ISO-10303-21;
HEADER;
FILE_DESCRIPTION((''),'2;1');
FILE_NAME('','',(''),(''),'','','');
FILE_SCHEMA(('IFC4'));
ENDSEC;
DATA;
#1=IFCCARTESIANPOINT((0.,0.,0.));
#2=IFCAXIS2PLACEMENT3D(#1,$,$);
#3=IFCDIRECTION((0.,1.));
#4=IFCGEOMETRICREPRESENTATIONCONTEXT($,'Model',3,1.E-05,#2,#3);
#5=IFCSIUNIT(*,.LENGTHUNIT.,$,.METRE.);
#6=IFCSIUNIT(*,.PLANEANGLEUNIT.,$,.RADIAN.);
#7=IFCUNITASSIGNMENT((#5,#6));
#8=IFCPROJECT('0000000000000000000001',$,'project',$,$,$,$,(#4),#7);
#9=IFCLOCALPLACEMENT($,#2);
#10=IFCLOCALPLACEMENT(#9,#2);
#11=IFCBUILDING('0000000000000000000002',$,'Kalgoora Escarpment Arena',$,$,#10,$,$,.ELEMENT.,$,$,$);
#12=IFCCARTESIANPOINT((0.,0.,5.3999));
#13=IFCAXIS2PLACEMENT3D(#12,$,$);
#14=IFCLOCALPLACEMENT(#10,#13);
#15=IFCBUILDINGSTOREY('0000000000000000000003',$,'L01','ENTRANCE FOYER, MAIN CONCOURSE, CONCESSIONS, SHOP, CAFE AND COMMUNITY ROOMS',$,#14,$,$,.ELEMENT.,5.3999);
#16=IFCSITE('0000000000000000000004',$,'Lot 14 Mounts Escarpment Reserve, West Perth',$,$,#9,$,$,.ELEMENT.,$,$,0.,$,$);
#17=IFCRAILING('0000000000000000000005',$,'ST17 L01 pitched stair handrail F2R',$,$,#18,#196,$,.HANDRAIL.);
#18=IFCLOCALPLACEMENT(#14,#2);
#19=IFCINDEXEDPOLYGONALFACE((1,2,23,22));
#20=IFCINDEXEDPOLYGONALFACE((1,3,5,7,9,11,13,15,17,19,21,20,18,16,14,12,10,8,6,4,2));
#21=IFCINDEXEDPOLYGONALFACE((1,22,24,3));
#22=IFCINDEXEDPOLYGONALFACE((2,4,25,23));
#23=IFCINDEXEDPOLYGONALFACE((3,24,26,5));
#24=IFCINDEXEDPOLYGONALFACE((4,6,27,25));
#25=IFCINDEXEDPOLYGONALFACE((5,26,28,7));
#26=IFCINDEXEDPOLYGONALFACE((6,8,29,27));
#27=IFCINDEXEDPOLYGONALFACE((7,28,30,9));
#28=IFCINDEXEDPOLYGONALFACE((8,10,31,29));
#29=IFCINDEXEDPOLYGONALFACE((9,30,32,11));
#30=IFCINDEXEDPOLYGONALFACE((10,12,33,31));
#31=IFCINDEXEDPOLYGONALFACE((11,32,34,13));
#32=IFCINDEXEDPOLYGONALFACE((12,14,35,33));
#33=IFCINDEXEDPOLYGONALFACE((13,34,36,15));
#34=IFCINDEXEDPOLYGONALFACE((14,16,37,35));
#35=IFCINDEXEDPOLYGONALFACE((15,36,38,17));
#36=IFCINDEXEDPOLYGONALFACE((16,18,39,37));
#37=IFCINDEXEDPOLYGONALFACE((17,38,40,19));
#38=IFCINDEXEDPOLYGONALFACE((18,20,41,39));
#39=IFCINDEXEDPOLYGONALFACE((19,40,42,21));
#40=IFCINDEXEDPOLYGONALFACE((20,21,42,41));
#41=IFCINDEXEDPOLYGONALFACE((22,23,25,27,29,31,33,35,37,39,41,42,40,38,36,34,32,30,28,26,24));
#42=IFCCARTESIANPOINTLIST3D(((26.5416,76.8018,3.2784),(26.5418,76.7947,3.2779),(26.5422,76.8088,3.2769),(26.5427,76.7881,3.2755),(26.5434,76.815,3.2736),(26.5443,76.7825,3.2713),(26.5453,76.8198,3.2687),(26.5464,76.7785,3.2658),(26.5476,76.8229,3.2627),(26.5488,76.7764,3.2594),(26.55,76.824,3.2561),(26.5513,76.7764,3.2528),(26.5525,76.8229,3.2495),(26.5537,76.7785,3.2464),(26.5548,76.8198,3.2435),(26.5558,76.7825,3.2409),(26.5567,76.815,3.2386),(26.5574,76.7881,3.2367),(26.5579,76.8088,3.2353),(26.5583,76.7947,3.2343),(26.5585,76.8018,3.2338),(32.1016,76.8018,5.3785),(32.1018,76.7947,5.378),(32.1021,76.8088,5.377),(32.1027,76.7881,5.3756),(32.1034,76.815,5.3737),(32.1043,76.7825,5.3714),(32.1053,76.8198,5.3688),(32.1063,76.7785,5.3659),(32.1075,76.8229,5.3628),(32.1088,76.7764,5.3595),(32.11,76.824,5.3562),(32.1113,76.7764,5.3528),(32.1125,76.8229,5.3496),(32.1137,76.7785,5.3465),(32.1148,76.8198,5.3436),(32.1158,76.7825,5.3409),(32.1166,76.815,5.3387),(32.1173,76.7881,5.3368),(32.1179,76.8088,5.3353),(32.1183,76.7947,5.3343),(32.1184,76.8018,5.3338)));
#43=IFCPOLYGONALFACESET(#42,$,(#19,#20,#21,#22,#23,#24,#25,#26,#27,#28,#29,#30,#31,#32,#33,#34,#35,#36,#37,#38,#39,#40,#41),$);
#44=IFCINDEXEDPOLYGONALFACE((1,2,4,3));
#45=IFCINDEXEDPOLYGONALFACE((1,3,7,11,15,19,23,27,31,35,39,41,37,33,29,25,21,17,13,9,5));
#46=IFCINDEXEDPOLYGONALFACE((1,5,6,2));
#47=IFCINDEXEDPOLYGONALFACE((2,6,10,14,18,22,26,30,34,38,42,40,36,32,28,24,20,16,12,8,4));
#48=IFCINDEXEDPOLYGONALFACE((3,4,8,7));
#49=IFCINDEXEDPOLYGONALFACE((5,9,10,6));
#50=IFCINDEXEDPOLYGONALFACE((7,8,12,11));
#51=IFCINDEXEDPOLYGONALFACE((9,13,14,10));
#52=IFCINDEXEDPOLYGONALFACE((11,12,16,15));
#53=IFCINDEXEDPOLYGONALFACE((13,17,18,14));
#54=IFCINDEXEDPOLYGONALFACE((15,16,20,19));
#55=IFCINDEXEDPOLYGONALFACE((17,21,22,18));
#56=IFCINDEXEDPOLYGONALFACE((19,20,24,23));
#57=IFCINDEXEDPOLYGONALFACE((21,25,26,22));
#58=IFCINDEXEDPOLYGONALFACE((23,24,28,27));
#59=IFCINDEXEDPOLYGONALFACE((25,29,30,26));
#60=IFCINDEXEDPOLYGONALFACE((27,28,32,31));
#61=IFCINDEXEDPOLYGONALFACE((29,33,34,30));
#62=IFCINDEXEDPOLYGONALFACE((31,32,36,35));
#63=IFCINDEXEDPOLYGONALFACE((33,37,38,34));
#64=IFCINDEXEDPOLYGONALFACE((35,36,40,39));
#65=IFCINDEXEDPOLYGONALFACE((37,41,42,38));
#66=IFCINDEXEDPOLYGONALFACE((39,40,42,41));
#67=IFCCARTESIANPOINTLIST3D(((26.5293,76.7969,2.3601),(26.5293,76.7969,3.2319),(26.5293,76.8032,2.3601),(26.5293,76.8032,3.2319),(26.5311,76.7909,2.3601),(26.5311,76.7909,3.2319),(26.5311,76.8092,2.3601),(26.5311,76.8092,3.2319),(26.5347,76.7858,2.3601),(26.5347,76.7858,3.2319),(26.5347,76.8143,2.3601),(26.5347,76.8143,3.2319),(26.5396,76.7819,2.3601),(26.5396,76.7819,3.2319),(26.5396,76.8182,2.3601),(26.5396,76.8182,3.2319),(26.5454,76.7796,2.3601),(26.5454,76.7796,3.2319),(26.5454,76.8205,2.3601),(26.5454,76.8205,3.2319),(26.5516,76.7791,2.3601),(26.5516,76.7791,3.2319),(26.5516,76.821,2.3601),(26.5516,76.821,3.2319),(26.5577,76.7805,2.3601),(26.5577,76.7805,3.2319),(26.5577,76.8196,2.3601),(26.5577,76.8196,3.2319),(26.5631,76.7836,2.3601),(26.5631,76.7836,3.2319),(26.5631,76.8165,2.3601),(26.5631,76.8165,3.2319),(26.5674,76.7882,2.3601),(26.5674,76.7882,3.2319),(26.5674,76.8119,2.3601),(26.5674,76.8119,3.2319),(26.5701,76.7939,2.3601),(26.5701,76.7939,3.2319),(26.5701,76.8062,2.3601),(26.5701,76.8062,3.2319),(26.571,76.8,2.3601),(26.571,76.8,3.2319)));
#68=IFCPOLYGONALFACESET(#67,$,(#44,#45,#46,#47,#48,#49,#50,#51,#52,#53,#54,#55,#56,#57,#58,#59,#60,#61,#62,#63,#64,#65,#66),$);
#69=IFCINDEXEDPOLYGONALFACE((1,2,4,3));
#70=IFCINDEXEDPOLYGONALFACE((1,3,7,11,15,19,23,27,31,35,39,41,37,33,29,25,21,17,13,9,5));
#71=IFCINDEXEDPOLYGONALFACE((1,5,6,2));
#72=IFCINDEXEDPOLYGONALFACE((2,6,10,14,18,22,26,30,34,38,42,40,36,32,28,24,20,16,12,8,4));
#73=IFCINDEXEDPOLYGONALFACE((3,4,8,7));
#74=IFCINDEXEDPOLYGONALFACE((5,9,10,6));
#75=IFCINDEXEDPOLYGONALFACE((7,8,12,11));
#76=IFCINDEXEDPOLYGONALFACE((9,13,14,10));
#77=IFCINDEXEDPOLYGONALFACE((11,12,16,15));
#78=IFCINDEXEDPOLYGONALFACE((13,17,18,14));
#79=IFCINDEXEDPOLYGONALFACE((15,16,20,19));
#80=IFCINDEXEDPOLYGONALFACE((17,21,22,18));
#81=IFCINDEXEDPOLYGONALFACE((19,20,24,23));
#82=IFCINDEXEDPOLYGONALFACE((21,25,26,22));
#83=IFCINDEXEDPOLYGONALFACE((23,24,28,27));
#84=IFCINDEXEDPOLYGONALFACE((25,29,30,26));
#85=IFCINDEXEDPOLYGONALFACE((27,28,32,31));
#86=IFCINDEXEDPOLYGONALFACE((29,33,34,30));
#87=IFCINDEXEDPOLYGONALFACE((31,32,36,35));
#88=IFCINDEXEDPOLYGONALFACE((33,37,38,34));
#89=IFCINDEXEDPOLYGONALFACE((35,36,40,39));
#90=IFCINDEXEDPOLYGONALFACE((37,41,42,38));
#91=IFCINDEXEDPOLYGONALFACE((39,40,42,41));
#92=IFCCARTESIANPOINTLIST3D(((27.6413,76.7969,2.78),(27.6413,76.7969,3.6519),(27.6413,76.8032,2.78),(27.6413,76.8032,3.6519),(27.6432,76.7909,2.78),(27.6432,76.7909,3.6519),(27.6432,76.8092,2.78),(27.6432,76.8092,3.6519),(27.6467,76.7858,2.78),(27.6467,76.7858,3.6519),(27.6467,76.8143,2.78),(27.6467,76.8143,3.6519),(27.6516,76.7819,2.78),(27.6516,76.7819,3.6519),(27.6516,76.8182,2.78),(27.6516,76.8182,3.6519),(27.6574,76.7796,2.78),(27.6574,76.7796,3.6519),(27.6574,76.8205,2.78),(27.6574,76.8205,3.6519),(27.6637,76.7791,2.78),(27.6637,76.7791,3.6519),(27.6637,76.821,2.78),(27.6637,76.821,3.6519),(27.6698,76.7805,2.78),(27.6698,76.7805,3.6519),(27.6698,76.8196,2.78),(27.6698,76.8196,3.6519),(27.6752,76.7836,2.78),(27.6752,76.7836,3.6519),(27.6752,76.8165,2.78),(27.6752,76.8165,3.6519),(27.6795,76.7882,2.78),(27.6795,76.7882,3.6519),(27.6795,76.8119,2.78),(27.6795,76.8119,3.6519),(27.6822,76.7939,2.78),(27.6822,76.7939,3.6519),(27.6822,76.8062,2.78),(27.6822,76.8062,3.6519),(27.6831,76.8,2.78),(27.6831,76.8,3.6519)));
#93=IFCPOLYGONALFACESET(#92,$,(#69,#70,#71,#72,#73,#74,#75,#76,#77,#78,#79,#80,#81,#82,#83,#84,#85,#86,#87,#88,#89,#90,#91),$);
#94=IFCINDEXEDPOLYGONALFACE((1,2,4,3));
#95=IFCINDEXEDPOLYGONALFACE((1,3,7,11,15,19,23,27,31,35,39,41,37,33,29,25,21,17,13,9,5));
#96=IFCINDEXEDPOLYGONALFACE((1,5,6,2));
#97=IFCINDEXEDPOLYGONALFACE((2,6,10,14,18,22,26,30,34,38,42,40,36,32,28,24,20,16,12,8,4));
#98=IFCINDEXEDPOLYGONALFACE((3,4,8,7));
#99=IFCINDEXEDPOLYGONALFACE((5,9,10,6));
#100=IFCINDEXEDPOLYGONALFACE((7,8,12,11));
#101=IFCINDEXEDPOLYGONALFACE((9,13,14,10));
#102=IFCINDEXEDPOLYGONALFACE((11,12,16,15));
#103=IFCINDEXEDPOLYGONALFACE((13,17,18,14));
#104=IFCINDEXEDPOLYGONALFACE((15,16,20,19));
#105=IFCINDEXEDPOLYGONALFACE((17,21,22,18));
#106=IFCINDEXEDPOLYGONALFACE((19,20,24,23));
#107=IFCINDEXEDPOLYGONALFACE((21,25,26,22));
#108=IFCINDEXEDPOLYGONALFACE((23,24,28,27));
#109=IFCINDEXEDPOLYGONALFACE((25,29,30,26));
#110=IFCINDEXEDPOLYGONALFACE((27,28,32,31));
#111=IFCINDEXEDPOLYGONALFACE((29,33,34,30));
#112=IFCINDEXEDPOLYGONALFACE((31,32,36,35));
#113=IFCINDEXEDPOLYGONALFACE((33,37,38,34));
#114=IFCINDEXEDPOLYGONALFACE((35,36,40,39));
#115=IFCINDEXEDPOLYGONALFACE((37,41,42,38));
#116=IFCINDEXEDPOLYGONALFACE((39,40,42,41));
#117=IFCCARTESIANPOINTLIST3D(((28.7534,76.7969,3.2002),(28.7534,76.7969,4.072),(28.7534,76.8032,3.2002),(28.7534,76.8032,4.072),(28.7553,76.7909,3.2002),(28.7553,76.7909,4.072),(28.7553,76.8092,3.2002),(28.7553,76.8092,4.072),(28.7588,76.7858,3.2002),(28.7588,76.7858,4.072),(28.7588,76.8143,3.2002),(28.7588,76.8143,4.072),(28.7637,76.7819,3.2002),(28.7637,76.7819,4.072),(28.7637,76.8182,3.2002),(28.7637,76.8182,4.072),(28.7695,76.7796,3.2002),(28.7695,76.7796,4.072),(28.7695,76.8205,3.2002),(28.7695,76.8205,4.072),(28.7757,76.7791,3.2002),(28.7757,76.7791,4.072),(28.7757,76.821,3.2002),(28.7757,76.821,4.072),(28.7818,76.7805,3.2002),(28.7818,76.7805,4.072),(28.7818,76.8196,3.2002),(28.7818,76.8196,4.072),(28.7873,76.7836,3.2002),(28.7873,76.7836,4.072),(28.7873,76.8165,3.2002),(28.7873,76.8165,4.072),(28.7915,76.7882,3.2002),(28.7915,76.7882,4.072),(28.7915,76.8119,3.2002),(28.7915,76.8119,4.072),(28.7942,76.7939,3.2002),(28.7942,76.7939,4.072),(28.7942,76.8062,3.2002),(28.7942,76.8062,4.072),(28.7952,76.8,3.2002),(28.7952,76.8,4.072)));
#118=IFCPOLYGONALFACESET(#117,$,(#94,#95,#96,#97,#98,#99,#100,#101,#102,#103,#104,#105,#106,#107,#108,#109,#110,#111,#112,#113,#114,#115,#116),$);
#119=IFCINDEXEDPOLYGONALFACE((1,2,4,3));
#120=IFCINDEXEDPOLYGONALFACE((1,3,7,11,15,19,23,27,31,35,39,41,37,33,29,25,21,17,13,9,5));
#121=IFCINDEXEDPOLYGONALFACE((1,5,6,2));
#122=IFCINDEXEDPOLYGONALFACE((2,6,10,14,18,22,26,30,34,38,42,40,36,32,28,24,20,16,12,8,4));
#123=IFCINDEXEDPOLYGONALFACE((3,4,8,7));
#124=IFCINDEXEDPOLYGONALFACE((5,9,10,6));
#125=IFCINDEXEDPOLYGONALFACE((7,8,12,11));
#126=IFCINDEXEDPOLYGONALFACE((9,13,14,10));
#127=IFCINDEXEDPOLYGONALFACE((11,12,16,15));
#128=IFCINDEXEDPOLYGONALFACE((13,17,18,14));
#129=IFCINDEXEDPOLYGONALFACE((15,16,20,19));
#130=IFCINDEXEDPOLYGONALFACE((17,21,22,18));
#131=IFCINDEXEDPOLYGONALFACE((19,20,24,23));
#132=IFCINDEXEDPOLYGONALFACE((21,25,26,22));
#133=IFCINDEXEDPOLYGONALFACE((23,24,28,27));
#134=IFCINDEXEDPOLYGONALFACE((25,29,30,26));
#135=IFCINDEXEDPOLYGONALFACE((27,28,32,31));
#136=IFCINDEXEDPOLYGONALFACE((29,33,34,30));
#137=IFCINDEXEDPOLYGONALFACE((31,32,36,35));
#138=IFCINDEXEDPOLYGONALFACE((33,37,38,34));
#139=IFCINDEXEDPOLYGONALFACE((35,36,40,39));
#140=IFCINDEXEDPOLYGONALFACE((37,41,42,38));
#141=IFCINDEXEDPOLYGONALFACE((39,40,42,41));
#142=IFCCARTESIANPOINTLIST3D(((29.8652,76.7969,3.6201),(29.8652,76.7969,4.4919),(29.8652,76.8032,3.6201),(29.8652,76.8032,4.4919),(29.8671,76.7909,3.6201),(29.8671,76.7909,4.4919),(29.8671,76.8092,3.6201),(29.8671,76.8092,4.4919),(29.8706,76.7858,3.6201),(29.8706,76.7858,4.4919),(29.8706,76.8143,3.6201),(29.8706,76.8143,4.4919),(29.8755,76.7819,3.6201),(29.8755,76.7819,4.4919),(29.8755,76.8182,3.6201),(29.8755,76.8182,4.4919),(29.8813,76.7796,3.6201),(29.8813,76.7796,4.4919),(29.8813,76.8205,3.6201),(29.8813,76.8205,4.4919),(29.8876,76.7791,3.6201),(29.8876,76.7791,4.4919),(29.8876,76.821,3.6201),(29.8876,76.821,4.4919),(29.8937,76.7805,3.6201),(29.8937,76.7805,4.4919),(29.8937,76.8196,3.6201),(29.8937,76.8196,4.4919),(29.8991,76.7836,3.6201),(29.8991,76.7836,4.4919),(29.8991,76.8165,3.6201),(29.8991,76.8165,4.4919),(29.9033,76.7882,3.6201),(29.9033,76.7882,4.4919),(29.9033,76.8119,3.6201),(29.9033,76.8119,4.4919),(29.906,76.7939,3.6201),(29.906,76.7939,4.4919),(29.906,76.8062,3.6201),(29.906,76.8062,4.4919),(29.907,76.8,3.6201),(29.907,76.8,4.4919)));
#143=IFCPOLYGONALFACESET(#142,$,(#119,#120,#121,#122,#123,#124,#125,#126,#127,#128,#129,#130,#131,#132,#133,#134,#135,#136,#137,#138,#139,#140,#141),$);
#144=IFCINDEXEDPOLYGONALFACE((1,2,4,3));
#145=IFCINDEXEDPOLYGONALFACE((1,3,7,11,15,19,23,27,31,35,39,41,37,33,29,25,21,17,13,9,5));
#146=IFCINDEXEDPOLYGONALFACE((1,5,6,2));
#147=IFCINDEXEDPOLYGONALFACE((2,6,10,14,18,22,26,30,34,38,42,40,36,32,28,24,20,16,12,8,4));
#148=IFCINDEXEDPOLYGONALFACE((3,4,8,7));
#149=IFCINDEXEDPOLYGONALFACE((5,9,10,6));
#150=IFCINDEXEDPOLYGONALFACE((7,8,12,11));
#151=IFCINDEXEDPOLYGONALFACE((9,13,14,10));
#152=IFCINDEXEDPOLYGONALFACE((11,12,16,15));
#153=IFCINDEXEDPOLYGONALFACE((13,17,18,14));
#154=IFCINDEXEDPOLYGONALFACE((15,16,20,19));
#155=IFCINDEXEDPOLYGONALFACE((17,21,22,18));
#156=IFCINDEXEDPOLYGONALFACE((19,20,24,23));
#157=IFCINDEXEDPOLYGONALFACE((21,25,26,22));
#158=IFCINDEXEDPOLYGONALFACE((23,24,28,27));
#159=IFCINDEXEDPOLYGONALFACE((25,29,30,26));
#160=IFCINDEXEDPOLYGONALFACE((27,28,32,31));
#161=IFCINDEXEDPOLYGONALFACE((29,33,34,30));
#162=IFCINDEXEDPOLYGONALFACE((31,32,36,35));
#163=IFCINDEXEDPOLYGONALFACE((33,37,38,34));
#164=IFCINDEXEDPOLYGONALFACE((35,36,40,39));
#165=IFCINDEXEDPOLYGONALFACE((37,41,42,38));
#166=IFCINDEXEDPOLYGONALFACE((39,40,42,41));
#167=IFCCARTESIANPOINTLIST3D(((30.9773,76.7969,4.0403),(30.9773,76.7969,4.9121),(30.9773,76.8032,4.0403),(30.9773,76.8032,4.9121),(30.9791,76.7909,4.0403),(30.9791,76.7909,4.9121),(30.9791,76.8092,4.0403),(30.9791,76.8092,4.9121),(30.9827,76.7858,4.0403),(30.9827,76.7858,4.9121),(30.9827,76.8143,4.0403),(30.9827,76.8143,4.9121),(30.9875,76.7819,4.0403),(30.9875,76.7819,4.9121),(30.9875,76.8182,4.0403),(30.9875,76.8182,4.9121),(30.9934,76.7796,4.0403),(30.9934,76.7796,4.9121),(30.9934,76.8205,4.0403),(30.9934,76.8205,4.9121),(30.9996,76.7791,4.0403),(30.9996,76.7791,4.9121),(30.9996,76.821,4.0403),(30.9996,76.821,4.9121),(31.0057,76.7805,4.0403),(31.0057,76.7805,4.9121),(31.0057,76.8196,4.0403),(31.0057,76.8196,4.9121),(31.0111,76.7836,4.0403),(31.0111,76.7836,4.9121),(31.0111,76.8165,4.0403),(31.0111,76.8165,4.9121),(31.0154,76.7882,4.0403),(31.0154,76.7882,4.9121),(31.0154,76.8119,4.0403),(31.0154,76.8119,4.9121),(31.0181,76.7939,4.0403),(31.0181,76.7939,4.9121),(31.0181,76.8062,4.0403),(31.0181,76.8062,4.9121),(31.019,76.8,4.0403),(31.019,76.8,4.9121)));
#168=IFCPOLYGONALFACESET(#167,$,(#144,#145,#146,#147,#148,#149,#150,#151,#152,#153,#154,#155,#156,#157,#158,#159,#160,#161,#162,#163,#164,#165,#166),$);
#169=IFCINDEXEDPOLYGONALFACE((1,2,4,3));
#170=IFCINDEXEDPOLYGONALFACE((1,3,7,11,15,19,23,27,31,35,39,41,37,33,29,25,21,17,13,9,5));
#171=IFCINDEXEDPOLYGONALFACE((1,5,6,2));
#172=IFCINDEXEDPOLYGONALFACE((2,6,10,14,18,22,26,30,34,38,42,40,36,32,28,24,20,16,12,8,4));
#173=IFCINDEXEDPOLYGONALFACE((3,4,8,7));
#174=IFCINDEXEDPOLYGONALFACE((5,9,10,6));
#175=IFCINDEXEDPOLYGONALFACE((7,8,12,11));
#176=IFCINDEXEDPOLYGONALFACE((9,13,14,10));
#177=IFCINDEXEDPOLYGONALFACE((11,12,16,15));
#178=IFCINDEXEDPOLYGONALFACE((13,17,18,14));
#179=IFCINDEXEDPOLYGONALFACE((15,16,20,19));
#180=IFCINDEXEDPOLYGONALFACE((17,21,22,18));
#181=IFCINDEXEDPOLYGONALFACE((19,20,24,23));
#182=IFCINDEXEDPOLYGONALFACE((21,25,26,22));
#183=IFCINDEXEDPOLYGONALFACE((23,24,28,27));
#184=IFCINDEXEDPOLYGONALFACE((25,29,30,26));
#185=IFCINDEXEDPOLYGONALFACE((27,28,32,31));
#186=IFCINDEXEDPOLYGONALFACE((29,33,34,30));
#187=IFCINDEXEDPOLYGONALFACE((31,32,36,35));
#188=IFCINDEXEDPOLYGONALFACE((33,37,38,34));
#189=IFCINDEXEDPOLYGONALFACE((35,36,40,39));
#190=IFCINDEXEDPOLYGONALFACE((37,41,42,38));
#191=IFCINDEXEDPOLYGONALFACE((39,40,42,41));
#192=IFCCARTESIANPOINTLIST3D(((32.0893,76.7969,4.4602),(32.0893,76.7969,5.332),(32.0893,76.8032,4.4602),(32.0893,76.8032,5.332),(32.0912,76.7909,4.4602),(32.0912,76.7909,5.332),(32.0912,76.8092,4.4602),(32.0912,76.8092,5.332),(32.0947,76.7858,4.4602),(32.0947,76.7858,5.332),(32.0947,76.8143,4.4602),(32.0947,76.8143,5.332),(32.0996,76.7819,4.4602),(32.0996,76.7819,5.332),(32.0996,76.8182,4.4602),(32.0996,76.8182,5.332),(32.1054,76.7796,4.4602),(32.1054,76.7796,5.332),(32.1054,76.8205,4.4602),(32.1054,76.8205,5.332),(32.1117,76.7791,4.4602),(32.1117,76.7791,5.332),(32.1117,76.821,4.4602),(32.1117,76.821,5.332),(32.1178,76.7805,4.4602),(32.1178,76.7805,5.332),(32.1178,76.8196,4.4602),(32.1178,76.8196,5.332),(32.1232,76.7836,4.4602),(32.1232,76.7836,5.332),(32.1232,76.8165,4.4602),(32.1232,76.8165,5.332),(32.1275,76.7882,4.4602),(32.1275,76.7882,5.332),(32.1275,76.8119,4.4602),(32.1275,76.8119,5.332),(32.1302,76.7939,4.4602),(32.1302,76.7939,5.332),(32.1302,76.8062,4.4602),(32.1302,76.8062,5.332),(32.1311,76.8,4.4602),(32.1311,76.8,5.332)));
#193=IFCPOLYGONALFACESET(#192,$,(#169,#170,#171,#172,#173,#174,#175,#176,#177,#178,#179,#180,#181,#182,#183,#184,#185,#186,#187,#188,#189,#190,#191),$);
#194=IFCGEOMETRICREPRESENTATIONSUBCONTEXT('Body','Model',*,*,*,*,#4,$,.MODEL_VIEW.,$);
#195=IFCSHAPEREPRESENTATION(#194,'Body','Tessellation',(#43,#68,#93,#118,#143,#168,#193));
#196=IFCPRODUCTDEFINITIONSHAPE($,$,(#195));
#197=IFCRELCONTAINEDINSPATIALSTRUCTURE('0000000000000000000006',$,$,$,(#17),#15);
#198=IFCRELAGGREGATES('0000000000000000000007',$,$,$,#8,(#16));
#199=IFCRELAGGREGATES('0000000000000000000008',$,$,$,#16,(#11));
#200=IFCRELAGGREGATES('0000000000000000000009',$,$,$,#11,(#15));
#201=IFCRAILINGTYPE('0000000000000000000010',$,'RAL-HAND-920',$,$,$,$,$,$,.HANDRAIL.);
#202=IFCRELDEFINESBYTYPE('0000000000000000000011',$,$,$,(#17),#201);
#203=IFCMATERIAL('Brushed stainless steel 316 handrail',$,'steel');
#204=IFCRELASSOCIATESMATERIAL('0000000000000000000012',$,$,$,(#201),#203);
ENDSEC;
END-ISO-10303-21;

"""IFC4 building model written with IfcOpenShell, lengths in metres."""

from ifc_helpers import new_model, si_unit, direction, frame, origin, origin_2d, place, context, subcontext, project, spatial, circle, extrude, material, type_object, element, save


model = new_model("IFC4")

# Units and contexts
model_context = context("Model", 3, precision=1e-05, world=origin(), true_north=direction((0.0, 1.0)))
body_context = subcontext(model_context, "Body", "Model", "MODEL_VIEW")
ifc_project = project(units=[si_unit("LENGTHUNIT", "METRE"), si_unit("PLANEANGLEUNIT", "RADIAN")], contexts=[model_context])

# Site, building, storey
site_placement = place(None, origin())
site = spatial("IfcSite", under=ifc_project, at=site_placement, Name="Lot 14 Mounts Escarpment Reserve, West Perth", CompositionType="ELEMENT", RefElevation=0.0)
building_placement = place(site_placement, origin())
building = spatial("IfcBuilding", under=site, at=building_placement, Name="Kalgoora Escarpment Arena", CompositionType="ELEMENT")
storey_placement = place(building_placement, frame((0.0, 0.0, 5.3999)))
storey = spatial("IfcBuildingStorey", under=building, at=storey_placement, Name="L01", Description="ENTRANCE FOYER, MAIN CONCOURSE, CONCESSIONS, SHOP, CAFE AND COMMUNITY ROOMS", CompositionType="ELEMENT", Elevation=5.3999)

# Railing
ifc_material_1 = material(Name="Brushed stainless steel 316 handrail", Category="steel")
railing_type_1 = type_object("IfcRailingType", Name="RAL-HAND-920", PredefinedType="HANDRAIL", material=ifc_material_1)
for number, where, name in (
    (1, (26.55, 76.8, 2.3601), "ST17 L01 pitched stair handrail F2R"),
):
    element("IfcRailing", number, at=place(storey_placement, frame(where)), inside=storey, type_object=railing_type_1, Name=name, PredefinedType="HANDRAIL", context=body_context, shape_type="SweptSolid", body=[
        extrude(circle(Radius=0.0239, at=origin_2d()), frame((0.0, 0.0, 0.896), z_axis=(0.935493, 0.0, 0.353346), x_axis=(0.0, 1.0, 0.0)), (0.0, 0.0, 1.0), 5.9434),
        extrude(circle(Radius=0.021, at=origin_2d()), origin(), (0.0, 0.0, 1.0), 0.8718),
        extrude(circle(Radius=0.021, at=origin_2d()), frame((1.1121, 0.0, 0.4199)), (0.0, 0.0, 1.0), 0.8718),
        extrude(circle(Radius=0.021, at=origin_2d()), frame((2.2241, 0.0, 0.8401)), (0.0, 0.0, 1.0), 0.8718),
        extrude(circle(Radius=0.021, at=origin_2d()), frame((3.3359, 0.0, 1.26)), (0.0, 0.0, 1.0), 0.8718),
        extrude(circle(Radius=0.021, at=origin_2d()), frame((4.448, 0.0, 1.6802)), (0.0, 0.0, 1.0), 0.8718),
        extrude(circle(Radius=0.021, at=origin_2d()), frame((5.5601, 0.0, 2.1001)), (0.0, 0.0, 1.0), 0.8718),
    ])

save(model, "model.ifc")
